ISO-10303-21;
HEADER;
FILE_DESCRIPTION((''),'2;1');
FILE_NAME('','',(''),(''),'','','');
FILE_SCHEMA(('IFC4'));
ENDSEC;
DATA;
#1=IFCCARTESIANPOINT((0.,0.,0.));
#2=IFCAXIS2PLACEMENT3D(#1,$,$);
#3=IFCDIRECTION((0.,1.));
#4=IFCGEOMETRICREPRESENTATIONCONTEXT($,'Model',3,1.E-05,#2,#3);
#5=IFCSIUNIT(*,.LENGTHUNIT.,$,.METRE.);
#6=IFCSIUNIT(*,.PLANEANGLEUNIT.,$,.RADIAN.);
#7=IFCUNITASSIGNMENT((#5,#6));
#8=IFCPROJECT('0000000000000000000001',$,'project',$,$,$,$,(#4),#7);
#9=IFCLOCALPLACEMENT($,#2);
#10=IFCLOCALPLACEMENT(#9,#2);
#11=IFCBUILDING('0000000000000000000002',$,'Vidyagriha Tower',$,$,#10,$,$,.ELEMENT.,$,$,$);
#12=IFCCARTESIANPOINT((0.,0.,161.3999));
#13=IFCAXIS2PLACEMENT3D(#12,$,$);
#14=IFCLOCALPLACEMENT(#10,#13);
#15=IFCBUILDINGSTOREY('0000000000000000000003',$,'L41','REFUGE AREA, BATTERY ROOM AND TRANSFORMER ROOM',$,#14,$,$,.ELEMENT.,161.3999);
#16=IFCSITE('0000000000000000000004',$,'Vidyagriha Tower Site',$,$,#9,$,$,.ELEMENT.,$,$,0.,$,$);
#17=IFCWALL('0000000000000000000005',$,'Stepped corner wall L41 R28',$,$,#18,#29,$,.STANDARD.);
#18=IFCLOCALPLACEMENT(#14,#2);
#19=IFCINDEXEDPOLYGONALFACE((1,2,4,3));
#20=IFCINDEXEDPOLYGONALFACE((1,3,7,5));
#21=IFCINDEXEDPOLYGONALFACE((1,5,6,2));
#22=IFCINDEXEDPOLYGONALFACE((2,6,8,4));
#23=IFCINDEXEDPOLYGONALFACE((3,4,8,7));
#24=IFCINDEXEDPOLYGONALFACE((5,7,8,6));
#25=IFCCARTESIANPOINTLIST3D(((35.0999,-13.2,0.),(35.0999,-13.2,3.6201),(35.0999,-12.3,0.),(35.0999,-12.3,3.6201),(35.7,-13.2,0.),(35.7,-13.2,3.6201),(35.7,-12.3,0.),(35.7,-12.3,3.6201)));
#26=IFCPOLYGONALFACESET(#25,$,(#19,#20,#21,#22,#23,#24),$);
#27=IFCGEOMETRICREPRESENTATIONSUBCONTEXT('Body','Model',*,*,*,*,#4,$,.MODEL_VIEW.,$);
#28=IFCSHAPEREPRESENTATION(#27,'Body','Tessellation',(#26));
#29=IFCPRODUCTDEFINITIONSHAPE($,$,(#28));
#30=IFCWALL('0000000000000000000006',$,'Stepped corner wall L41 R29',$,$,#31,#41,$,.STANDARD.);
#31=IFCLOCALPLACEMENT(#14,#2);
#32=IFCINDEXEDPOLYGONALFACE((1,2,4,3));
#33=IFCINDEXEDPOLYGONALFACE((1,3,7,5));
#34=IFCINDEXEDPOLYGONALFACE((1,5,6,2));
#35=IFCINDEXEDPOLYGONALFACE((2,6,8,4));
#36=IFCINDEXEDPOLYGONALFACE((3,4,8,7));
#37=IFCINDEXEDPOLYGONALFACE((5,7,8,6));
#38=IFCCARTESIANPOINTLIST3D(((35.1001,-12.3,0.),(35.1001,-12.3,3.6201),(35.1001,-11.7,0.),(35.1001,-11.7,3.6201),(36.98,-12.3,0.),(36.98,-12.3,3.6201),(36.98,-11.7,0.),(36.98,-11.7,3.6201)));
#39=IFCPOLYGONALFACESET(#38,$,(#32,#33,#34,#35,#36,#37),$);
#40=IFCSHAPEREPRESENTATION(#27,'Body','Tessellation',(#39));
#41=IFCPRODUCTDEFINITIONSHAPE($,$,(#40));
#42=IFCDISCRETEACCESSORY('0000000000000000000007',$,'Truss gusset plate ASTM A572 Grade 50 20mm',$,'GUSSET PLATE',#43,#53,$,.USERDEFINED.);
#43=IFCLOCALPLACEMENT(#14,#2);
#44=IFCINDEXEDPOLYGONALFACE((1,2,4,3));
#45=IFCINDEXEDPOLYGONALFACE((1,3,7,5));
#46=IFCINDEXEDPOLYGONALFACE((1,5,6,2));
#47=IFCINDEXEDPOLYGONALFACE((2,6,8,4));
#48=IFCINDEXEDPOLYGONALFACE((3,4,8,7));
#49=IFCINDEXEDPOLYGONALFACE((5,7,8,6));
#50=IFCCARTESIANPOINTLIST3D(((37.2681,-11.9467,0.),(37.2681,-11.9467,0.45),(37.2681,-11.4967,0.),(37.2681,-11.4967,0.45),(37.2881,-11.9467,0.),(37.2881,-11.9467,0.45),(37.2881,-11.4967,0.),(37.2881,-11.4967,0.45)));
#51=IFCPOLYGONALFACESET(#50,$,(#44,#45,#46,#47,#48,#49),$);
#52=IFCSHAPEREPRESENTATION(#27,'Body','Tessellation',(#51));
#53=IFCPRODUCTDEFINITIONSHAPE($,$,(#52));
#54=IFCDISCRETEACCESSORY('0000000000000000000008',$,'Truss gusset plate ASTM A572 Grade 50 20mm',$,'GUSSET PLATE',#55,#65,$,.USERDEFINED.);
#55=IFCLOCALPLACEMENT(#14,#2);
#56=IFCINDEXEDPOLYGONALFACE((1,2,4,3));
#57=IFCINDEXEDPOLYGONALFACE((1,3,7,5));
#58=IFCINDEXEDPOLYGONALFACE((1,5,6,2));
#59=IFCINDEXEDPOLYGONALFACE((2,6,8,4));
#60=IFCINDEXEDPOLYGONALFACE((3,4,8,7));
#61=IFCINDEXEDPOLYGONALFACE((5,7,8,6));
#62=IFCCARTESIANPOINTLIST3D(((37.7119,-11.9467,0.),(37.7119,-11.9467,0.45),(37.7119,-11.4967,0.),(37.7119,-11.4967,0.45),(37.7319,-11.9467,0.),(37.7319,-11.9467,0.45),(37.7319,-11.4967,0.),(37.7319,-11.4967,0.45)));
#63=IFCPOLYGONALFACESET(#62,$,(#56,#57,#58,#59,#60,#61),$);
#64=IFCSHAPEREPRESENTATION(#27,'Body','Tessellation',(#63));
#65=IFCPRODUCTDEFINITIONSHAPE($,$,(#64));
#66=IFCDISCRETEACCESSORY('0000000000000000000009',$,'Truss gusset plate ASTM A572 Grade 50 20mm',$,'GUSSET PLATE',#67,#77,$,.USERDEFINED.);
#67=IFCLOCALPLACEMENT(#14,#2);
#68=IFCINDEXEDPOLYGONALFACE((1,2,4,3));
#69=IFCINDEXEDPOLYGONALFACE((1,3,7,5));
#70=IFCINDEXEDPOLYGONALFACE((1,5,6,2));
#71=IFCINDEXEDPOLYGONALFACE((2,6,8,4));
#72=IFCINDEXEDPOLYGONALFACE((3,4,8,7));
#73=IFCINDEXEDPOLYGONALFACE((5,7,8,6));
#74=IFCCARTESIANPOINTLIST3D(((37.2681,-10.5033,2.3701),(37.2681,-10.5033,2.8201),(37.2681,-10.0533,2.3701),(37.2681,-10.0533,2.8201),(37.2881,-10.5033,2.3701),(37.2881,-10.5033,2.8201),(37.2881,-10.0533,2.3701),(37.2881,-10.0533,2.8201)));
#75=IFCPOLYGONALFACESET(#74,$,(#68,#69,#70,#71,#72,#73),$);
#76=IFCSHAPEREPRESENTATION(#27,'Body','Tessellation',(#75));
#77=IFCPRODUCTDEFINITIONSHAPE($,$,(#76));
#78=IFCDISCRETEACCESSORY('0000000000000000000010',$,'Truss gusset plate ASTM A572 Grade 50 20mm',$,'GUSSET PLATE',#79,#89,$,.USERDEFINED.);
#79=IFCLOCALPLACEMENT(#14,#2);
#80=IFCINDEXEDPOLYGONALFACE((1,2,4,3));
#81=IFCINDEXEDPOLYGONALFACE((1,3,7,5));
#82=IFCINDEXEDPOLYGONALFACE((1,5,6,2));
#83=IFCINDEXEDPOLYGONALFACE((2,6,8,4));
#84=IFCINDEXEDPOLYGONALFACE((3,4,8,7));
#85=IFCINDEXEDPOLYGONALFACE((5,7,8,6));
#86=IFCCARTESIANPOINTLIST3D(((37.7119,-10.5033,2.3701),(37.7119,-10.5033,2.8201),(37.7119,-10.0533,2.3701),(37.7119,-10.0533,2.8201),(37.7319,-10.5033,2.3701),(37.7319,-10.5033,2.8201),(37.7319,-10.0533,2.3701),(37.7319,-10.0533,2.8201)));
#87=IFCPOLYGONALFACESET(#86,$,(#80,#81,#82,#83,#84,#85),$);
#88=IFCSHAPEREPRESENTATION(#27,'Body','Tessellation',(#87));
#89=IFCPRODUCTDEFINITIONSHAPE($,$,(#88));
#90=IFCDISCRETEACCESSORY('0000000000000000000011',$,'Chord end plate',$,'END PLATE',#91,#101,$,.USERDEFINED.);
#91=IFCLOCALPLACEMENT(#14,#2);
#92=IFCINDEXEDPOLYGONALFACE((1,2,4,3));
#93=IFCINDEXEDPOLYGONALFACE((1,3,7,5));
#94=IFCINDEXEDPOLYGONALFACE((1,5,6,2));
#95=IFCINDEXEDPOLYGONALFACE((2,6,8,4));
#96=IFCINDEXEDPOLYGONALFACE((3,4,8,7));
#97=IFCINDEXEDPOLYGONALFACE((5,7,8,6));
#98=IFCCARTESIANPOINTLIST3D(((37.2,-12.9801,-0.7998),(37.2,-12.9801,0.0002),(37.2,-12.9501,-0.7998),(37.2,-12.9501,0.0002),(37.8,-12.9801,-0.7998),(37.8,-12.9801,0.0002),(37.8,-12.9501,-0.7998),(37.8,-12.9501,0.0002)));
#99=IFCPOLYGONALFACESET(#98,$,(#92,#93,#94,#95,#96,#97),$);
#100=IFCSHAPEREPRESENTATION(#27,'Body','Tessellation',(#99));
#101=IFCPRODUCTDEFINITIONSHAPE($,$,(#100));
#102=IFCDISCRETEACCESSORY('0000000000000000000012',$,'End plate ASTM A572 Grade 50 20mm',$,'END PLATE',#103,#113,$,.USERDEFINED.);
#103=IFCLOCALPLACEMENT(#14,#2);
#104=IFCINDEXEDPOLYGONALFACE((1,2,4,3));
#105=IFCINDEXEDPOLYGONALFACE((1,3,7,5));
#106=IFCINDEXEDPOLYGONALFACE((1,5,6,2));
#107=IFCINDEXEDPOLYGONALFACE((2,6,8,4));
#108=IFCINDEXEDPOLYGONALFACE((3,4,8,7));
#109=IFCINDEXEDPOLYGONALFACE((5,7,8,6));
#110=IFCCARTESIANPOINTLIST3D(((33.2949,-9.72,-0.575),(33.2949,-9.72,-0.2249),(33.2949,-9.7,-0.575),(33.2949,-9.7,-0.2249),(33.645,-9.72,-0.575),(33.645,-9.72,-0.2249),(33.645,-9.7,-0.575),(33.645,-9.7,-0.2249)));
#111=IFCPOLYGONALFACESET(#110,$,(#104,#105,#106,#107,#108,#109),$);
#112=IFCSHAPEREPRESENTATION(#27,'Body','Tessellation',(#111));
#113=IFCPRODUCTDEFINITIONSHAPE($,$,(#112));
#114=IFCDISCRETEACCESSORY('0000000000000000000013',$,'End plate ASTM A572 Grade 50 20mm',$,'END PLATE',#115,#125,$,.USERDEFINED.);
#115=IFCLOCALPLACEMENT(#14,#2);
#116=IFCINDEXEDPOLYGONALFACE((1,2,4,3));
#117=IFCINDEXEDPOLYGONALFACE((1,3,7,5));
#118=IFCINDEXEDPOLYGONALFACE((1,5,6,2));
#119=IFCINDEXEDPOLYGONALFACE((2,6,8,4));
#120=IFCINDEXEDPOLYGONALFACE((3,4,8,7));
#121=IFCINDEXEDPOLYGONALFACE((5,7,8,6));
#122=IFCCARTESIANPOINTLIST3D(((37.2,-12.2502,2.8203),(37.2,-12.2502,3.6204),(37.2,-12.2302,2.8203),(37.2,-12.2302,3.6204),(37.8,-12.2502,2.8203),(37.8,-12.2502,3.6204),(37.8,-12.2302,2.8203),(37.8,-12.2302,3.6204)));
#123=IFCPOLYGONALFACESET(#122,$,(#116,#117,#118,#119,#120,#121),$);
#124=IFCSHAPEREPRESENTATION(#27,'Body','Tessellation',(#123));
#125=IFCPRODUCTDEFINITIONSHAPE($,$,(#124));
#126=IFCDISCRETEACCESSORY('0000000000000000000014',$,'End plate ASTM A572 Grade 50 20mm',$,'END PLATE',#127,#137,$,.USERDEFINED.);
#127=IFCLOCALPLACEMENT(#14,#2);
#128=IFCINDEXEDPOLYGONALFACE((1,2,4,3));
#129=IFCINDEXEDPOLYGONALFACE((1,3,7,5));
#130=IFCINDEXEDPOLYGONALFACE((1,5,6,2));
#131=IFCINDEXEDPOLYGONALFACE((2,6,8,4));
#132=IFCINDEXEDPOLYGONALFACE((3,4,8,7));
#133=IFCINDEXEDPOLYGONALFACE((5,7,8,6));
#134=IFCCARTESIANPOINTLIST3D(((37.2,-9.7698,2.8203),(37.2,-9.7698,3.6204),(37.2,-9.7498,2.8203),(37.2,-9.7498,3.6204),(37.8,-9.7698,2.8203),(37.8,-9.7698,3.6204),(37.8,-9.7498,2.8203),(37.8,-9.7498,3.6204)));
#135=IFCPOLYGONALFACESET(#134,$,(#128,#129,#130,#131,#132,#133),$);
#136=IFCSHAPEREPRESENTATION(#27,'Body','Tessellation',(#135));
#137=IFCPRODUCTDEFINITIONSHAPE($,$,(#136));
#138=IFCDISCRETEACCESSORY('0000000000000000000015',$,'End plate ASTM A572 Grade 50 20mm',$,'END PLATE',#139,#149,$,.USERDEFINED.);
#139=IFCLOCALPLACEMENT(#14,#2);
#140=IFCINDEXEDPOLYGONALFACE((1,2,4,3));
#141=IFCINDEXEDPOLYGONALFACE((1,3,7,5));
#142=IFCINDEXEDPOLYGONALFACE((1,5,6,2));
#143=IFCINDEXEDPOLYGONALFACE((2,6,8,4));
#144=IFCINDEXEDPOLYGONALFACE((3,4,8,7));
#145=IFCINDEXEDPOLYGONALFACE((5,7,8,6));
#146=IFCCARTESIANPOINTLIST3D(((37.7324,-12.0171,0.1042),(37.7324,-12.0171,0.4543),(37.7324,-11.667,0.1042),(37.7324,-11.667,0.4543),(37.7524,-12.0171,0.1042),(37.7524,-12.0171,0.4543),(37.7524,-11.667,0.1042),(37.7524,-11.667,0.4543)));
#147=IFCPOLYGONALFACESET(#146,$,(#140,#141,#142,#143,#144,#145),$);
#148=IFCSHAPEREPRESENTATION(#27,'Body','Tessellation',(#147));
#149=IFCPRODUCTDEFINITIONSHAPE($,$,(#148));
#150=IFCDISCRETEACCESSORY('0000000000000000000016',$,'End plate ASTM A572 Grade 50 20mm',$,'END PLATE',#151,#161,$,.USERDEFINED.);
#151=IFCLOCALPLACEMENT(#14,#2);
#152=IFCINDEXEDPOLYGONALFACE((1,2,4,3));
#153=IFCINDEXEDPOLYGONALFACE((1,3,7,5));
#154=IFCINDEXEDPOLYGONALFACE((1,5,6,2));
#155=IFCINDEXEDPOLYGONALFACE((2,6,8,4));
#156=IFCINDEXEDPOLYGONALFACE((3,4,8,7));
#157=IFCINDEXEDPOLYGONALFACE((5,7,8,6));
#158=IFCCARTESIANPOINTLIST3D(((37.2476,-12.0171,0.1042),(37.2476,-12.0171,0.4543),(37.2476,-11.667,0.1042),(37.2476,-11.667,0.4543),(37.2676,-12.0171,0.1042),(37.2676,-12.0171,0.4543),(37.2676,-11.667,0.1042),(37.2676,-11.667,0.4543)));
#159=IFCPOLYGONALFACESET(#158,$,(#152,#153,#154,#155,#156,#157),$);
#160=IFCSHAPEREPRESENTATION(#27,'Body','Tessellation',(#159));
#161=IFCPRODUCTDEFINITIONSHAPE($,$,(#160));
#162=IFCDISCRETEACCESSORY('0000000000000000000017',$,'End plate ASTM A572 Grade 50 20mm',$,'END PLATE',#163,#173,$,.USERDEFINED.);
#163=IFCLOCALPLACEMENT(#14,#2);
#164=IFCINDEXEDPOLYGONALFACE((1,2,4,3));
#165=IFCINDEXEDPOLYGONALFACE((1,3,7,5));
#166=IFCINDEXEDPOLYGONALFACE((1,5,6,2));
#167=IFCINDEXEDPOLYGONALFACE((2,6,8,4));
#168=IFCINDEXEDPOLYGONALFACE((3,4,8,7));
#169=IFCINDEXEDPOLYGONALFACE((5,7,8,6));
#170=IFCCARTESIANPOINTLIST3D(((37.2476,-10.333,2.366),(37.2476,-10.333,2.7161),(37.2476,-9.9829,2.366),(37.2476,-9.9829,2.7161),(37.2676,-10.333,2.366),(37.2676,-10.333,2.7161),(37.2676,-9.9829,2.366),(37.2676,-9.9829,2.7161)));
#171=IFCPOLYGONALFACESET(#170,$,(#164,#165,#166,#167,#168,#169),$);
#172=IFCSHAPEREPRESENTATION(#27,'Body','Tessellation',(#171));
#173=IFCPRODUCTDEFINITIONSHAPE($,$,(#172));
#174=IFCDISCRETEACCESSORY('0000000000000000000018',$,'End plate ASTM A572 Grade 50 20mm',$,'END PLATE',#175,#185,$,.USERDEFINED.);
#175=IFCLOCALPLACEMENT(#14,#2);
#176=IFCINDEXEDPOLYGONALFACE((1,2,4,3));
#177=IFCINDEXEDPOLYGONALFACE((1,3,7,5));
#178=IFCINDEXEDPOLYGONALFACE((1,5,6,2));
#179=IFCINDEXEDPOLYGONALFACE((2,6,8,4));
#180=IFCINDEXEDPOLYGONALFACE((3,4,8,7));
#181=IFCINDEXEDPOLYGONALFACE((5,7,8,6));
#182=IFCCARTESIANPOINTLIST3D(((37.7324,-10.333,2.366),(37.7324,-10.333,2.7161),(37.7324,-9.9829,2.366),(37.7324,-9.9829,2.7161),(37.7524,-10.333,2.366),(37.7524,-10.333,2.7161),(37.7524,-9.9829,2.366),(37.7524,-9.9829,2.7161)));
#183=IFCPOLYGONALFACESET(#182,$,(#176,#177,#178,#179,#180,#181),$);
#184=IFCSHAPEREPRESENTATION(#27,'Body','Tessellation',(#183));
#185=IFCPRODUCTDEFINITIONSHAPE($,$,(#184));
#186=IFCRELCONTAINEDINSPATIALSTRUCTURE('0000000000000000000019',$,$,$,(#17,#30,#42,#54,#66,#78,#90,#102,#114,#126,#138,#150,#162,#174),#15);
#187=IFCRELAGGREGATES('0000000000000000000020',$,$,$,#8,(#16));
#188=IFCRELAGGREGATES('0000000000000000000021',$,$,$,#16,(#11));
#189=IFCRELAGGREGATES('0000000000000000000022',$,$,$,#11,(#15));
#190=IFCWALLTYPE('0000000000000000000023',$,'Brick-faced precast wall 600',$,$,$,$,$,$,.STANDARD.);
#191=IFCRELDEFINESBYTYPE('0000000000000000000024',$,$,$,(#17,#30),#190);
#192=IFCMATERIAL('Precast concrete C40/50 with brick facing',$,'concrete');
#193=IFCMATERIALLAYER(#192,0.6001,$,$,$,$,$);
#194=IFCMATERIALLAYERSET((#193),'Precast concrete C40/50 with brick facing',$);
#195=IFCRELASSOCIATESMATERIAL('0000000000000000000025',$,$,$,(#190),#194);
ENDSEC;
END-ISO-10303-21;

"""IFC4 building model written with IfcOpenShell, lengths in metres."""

from ifc_helpers import new_model, si_unit, direction, frame, frame_2d, origin, origin_2d, place, context, subcontext, project, spatial, rectangle, extrude, material, layer, layer_set, type_object, element, save


model = new_model("IFC4")

# Units and contexts
model_context = context("Model", 3, precision=1e-05, world=origin(), true_north=direction((0.0, 1.0)))
body_context = subcontext(model_context, "Body", "Model", "MODEL_VIEW")
ifc_project = project(units=[si_unit("LENGTHUNIT", "METRE"), si_unit("PLANEANGLEUNIT", "RADIAN")], contexts=[model_context])

# Site, building, storey
site_placement = place(None, origin())
site = spatial("IfcSite", under=ifc_project, at=site_placement, Name="Vidyagriha Tower Site", CompositionType="ELEMENT", RefElevation=0.0)
building_placement = place(site_placement, origin())
building = spatial("IfcBuilding", under=site, at=building_placement, Name="Vidyagriha Tower", CompositionType="ELEMENT")
storey_placement = place(building_placement, frame((0.0, 0.0, 161.3999)))
storey = spatial("IfcBuildingStorey", under=building, at=storey_placement, Name="L41", Description="REFUGE AREA, BATTERY ROOM AND TRANSFORMER ROOM", CompositionType="ELEMENT", Elevation=161.3999)

# Walls
ifc_material_1 = material(Name="Precast concrete C40/50 with brick facing", Category="concrete")
ifc_layer_1 = layer(ifc_material_1, 0.6001)
ifc_layer_set_1 = layer_set([ifc_layer_1], Name="Precast concrete C40/50 with brick facing")
wall_type = type_object("IfcWallType", Name="Brick-faced precast wall 600", PredefinedType="STANDARD", material=ifc_layer_set_1)
wall_1_placement = place(storey_placement, frame((35.3999, -13.2, 0.0), z_axis=(0.0, 0.0, 1.0), x_axis=(0.0, 1.0, 0.0)))
element("IfcWall", 1, at=wall_1_placement, inside=storey, type_object=wall_type, Name="Stepped corner wall L41 R28", PredefinedType="STANDARD", context=body_context, shape_type="SweptSolid", body=[
    extrude(rectangle(XDim=0.8999, YDim=0.6001, at=frame_2d((0.45, 0.0))), origin(), (0.0, 0.0, 1.0), 3.6201),
])
wall_2_placement = place(storey_placement, frame((35.1001, -12.0, 0.0)))
element("IfcWall", 2, at=wall_2_placement, inside=storey, type_object=wall_type, Name="Stepped corner wall L41 R29", PredefinedType="STANDARD", context=body_context, shape_type="SweptSolid", body=[
    extrude(rectangle(XDim=1.8799, YDim=0.6001, at=frame_2d((0.9399, 0.0))), origin(), (0.0, 0.0, 1.0), 3.6201),
])

# Discrete accessories
for number, where, z_axis, x_axis, name in (
    (3, (37.2781, -11.7217, 0.0), (0.0, 0.0, 1.0), (0.0, 1.0, 0.0), "Truss gusset plate ASTM A572 Grade 50 20mm"),
    (4, (37.7219, -11.7217, 0.0), (0.0, 0.0, 1.0), (0.0, 1.0, 0.0), "Truss gusset plate ASTM A572 Grade 50 20mm"),
    (5, (37.2781, -10.2783, 2.3701), (0.0, 0.0, 1.0), (0.0, 1.0, 0.0), "Truss gusset plate ASTM A572 Grade 50 20mm"),
    (6, (37.7219, -10.2783, 2.3701), (0.0, 0.0, 1.0), (0.0, 1.0, 0.0), "Truss gusset plate ASTM A572 Grade 50 20mm"),
):
    element("IfcDiscreteAccessory", number, at=place(storey_placement, frame(where, z_axis=z_axis, x_axis=x_axis)), inside=storey, Name=name, ObjectType="GUSSET PLATE", PredefinedType="USERDEFINED", context=body_context, shape_type="SweptSolid", body=[
        extrude(rectangle(XDim=0.45, YDim=0.02, at=origin_2d()), origin(), (0.0, 0.0, 1.0), 0.45),
    ])
discrete_accessory_1_placement = place(storey_placement, frame((37.5, -12.9651, -0.7998), z_axis=(0.0, 0.0, 1.0), x_axis=(0.0, -1.0, 0.0)))
element("IfcDiscreteAccessory", 7, at=discrete_accessory_1_placement, inside=storey, Name="Chord end plate", ObjectType="END PLATE", PredefinedType="USERDEFINED", context=body_context, shape_type="SweptSolid", body=[
    extrude(rectangle(XDim=0.03, YDim=0.6001, at=origin_2d()), origin(), (0.0, 0.0, 1.0), 0.8),
])
discrete_accessory_2_placement = place(storey_placement, frame((33.47, -9.71, -0.575)))
element("IfcDiscreteAccessory", 8, at=discrete_accessory_2_placement, inside=storey, Name="End plate ASTM A572 Grade 50 20mm", ObjectType="END PLATE", PredefinedType="USERDEFINED", context=body_context, shape_type="SweptSolid", body=[
    extrude(rectangle(XDim=0.3501, YDim=0.02, at=origin_2d()), origin(), (0.0, 0.0, 1.0), 0.3501),
])
for number, where, z_axis, x_axis, name in (
    (9, (37.5, -12.2402, 2.8203), (0.0, 0.0, 1.0), (0.0, -1.0, 0.0), "End plate ASTM A572 Grade 50 20mm"),
    (10, (37.5, -9.7598, 2.8203), (0.0, 0.0, 1.0), (0.0, 1.0, 0.0), "End plate ASTM A572 Grade 50 20mm"),
):
    element("IfcDiscreteAccessory", number, at=place(storey_placement, frame(where, z_axis=z_axis, x_axis=x_axis)), inside=storey, Name=name, ObjectType="END PLATE", PredefinedType="USERDEFINED", context=body_context, shape_type="SweptSolid", body=[
        extrude(rectangle(XDim=0.02, YDim=0.6001, at=origin_2d()), origin(), (0.0, 0.0, 1.0), 0.8),
    ])
for number, where, z_axis, x_axis, name in (
    (11, (37.7424, -11.842, 0.1042), (0.0, 0.0, 1.0), (0.0, -1.0, 0.0), "End plate ASTM A572 Grade 50 20mm"),
    (12, (37.2576, -11.842, 0.1042), (0.0, 0.0, 1.0), (0.0, -1.0, 0.0), "End plate ASTM A572 Grade 50 20mm"),
    (13, (37.2576, -10.158, 2.366), (0.0, 0.0, 1.0), (0.0, 1.0, 0.0), "End plate ASTM A572 Grade 50 20mm"),
    (14, (37.7424, -10.158, 2.366), (0.0, 0.0, 1.0), (0.0, 1.0, 0.0), "End plate ASTM A572 Grade 50 20mm"),
):
    element("IfcDiscreteAccessory", number, at=place(storey_placement, frame(where, z_axis=z_axis, x_axis=x_axis)), inside=storey, Name=name, ObjectType="END PLATE", PredefinedType="USERDEFINED", context=body_context, shape_type="SweptSolid", body=[
        extrude(rectangle(XDim=0.3501, YDim=0.02, at=origin_2d()), origin(), (0.0, 0.0, 1.0), 0.3501),
    ])

save(model, "model.ifc")
